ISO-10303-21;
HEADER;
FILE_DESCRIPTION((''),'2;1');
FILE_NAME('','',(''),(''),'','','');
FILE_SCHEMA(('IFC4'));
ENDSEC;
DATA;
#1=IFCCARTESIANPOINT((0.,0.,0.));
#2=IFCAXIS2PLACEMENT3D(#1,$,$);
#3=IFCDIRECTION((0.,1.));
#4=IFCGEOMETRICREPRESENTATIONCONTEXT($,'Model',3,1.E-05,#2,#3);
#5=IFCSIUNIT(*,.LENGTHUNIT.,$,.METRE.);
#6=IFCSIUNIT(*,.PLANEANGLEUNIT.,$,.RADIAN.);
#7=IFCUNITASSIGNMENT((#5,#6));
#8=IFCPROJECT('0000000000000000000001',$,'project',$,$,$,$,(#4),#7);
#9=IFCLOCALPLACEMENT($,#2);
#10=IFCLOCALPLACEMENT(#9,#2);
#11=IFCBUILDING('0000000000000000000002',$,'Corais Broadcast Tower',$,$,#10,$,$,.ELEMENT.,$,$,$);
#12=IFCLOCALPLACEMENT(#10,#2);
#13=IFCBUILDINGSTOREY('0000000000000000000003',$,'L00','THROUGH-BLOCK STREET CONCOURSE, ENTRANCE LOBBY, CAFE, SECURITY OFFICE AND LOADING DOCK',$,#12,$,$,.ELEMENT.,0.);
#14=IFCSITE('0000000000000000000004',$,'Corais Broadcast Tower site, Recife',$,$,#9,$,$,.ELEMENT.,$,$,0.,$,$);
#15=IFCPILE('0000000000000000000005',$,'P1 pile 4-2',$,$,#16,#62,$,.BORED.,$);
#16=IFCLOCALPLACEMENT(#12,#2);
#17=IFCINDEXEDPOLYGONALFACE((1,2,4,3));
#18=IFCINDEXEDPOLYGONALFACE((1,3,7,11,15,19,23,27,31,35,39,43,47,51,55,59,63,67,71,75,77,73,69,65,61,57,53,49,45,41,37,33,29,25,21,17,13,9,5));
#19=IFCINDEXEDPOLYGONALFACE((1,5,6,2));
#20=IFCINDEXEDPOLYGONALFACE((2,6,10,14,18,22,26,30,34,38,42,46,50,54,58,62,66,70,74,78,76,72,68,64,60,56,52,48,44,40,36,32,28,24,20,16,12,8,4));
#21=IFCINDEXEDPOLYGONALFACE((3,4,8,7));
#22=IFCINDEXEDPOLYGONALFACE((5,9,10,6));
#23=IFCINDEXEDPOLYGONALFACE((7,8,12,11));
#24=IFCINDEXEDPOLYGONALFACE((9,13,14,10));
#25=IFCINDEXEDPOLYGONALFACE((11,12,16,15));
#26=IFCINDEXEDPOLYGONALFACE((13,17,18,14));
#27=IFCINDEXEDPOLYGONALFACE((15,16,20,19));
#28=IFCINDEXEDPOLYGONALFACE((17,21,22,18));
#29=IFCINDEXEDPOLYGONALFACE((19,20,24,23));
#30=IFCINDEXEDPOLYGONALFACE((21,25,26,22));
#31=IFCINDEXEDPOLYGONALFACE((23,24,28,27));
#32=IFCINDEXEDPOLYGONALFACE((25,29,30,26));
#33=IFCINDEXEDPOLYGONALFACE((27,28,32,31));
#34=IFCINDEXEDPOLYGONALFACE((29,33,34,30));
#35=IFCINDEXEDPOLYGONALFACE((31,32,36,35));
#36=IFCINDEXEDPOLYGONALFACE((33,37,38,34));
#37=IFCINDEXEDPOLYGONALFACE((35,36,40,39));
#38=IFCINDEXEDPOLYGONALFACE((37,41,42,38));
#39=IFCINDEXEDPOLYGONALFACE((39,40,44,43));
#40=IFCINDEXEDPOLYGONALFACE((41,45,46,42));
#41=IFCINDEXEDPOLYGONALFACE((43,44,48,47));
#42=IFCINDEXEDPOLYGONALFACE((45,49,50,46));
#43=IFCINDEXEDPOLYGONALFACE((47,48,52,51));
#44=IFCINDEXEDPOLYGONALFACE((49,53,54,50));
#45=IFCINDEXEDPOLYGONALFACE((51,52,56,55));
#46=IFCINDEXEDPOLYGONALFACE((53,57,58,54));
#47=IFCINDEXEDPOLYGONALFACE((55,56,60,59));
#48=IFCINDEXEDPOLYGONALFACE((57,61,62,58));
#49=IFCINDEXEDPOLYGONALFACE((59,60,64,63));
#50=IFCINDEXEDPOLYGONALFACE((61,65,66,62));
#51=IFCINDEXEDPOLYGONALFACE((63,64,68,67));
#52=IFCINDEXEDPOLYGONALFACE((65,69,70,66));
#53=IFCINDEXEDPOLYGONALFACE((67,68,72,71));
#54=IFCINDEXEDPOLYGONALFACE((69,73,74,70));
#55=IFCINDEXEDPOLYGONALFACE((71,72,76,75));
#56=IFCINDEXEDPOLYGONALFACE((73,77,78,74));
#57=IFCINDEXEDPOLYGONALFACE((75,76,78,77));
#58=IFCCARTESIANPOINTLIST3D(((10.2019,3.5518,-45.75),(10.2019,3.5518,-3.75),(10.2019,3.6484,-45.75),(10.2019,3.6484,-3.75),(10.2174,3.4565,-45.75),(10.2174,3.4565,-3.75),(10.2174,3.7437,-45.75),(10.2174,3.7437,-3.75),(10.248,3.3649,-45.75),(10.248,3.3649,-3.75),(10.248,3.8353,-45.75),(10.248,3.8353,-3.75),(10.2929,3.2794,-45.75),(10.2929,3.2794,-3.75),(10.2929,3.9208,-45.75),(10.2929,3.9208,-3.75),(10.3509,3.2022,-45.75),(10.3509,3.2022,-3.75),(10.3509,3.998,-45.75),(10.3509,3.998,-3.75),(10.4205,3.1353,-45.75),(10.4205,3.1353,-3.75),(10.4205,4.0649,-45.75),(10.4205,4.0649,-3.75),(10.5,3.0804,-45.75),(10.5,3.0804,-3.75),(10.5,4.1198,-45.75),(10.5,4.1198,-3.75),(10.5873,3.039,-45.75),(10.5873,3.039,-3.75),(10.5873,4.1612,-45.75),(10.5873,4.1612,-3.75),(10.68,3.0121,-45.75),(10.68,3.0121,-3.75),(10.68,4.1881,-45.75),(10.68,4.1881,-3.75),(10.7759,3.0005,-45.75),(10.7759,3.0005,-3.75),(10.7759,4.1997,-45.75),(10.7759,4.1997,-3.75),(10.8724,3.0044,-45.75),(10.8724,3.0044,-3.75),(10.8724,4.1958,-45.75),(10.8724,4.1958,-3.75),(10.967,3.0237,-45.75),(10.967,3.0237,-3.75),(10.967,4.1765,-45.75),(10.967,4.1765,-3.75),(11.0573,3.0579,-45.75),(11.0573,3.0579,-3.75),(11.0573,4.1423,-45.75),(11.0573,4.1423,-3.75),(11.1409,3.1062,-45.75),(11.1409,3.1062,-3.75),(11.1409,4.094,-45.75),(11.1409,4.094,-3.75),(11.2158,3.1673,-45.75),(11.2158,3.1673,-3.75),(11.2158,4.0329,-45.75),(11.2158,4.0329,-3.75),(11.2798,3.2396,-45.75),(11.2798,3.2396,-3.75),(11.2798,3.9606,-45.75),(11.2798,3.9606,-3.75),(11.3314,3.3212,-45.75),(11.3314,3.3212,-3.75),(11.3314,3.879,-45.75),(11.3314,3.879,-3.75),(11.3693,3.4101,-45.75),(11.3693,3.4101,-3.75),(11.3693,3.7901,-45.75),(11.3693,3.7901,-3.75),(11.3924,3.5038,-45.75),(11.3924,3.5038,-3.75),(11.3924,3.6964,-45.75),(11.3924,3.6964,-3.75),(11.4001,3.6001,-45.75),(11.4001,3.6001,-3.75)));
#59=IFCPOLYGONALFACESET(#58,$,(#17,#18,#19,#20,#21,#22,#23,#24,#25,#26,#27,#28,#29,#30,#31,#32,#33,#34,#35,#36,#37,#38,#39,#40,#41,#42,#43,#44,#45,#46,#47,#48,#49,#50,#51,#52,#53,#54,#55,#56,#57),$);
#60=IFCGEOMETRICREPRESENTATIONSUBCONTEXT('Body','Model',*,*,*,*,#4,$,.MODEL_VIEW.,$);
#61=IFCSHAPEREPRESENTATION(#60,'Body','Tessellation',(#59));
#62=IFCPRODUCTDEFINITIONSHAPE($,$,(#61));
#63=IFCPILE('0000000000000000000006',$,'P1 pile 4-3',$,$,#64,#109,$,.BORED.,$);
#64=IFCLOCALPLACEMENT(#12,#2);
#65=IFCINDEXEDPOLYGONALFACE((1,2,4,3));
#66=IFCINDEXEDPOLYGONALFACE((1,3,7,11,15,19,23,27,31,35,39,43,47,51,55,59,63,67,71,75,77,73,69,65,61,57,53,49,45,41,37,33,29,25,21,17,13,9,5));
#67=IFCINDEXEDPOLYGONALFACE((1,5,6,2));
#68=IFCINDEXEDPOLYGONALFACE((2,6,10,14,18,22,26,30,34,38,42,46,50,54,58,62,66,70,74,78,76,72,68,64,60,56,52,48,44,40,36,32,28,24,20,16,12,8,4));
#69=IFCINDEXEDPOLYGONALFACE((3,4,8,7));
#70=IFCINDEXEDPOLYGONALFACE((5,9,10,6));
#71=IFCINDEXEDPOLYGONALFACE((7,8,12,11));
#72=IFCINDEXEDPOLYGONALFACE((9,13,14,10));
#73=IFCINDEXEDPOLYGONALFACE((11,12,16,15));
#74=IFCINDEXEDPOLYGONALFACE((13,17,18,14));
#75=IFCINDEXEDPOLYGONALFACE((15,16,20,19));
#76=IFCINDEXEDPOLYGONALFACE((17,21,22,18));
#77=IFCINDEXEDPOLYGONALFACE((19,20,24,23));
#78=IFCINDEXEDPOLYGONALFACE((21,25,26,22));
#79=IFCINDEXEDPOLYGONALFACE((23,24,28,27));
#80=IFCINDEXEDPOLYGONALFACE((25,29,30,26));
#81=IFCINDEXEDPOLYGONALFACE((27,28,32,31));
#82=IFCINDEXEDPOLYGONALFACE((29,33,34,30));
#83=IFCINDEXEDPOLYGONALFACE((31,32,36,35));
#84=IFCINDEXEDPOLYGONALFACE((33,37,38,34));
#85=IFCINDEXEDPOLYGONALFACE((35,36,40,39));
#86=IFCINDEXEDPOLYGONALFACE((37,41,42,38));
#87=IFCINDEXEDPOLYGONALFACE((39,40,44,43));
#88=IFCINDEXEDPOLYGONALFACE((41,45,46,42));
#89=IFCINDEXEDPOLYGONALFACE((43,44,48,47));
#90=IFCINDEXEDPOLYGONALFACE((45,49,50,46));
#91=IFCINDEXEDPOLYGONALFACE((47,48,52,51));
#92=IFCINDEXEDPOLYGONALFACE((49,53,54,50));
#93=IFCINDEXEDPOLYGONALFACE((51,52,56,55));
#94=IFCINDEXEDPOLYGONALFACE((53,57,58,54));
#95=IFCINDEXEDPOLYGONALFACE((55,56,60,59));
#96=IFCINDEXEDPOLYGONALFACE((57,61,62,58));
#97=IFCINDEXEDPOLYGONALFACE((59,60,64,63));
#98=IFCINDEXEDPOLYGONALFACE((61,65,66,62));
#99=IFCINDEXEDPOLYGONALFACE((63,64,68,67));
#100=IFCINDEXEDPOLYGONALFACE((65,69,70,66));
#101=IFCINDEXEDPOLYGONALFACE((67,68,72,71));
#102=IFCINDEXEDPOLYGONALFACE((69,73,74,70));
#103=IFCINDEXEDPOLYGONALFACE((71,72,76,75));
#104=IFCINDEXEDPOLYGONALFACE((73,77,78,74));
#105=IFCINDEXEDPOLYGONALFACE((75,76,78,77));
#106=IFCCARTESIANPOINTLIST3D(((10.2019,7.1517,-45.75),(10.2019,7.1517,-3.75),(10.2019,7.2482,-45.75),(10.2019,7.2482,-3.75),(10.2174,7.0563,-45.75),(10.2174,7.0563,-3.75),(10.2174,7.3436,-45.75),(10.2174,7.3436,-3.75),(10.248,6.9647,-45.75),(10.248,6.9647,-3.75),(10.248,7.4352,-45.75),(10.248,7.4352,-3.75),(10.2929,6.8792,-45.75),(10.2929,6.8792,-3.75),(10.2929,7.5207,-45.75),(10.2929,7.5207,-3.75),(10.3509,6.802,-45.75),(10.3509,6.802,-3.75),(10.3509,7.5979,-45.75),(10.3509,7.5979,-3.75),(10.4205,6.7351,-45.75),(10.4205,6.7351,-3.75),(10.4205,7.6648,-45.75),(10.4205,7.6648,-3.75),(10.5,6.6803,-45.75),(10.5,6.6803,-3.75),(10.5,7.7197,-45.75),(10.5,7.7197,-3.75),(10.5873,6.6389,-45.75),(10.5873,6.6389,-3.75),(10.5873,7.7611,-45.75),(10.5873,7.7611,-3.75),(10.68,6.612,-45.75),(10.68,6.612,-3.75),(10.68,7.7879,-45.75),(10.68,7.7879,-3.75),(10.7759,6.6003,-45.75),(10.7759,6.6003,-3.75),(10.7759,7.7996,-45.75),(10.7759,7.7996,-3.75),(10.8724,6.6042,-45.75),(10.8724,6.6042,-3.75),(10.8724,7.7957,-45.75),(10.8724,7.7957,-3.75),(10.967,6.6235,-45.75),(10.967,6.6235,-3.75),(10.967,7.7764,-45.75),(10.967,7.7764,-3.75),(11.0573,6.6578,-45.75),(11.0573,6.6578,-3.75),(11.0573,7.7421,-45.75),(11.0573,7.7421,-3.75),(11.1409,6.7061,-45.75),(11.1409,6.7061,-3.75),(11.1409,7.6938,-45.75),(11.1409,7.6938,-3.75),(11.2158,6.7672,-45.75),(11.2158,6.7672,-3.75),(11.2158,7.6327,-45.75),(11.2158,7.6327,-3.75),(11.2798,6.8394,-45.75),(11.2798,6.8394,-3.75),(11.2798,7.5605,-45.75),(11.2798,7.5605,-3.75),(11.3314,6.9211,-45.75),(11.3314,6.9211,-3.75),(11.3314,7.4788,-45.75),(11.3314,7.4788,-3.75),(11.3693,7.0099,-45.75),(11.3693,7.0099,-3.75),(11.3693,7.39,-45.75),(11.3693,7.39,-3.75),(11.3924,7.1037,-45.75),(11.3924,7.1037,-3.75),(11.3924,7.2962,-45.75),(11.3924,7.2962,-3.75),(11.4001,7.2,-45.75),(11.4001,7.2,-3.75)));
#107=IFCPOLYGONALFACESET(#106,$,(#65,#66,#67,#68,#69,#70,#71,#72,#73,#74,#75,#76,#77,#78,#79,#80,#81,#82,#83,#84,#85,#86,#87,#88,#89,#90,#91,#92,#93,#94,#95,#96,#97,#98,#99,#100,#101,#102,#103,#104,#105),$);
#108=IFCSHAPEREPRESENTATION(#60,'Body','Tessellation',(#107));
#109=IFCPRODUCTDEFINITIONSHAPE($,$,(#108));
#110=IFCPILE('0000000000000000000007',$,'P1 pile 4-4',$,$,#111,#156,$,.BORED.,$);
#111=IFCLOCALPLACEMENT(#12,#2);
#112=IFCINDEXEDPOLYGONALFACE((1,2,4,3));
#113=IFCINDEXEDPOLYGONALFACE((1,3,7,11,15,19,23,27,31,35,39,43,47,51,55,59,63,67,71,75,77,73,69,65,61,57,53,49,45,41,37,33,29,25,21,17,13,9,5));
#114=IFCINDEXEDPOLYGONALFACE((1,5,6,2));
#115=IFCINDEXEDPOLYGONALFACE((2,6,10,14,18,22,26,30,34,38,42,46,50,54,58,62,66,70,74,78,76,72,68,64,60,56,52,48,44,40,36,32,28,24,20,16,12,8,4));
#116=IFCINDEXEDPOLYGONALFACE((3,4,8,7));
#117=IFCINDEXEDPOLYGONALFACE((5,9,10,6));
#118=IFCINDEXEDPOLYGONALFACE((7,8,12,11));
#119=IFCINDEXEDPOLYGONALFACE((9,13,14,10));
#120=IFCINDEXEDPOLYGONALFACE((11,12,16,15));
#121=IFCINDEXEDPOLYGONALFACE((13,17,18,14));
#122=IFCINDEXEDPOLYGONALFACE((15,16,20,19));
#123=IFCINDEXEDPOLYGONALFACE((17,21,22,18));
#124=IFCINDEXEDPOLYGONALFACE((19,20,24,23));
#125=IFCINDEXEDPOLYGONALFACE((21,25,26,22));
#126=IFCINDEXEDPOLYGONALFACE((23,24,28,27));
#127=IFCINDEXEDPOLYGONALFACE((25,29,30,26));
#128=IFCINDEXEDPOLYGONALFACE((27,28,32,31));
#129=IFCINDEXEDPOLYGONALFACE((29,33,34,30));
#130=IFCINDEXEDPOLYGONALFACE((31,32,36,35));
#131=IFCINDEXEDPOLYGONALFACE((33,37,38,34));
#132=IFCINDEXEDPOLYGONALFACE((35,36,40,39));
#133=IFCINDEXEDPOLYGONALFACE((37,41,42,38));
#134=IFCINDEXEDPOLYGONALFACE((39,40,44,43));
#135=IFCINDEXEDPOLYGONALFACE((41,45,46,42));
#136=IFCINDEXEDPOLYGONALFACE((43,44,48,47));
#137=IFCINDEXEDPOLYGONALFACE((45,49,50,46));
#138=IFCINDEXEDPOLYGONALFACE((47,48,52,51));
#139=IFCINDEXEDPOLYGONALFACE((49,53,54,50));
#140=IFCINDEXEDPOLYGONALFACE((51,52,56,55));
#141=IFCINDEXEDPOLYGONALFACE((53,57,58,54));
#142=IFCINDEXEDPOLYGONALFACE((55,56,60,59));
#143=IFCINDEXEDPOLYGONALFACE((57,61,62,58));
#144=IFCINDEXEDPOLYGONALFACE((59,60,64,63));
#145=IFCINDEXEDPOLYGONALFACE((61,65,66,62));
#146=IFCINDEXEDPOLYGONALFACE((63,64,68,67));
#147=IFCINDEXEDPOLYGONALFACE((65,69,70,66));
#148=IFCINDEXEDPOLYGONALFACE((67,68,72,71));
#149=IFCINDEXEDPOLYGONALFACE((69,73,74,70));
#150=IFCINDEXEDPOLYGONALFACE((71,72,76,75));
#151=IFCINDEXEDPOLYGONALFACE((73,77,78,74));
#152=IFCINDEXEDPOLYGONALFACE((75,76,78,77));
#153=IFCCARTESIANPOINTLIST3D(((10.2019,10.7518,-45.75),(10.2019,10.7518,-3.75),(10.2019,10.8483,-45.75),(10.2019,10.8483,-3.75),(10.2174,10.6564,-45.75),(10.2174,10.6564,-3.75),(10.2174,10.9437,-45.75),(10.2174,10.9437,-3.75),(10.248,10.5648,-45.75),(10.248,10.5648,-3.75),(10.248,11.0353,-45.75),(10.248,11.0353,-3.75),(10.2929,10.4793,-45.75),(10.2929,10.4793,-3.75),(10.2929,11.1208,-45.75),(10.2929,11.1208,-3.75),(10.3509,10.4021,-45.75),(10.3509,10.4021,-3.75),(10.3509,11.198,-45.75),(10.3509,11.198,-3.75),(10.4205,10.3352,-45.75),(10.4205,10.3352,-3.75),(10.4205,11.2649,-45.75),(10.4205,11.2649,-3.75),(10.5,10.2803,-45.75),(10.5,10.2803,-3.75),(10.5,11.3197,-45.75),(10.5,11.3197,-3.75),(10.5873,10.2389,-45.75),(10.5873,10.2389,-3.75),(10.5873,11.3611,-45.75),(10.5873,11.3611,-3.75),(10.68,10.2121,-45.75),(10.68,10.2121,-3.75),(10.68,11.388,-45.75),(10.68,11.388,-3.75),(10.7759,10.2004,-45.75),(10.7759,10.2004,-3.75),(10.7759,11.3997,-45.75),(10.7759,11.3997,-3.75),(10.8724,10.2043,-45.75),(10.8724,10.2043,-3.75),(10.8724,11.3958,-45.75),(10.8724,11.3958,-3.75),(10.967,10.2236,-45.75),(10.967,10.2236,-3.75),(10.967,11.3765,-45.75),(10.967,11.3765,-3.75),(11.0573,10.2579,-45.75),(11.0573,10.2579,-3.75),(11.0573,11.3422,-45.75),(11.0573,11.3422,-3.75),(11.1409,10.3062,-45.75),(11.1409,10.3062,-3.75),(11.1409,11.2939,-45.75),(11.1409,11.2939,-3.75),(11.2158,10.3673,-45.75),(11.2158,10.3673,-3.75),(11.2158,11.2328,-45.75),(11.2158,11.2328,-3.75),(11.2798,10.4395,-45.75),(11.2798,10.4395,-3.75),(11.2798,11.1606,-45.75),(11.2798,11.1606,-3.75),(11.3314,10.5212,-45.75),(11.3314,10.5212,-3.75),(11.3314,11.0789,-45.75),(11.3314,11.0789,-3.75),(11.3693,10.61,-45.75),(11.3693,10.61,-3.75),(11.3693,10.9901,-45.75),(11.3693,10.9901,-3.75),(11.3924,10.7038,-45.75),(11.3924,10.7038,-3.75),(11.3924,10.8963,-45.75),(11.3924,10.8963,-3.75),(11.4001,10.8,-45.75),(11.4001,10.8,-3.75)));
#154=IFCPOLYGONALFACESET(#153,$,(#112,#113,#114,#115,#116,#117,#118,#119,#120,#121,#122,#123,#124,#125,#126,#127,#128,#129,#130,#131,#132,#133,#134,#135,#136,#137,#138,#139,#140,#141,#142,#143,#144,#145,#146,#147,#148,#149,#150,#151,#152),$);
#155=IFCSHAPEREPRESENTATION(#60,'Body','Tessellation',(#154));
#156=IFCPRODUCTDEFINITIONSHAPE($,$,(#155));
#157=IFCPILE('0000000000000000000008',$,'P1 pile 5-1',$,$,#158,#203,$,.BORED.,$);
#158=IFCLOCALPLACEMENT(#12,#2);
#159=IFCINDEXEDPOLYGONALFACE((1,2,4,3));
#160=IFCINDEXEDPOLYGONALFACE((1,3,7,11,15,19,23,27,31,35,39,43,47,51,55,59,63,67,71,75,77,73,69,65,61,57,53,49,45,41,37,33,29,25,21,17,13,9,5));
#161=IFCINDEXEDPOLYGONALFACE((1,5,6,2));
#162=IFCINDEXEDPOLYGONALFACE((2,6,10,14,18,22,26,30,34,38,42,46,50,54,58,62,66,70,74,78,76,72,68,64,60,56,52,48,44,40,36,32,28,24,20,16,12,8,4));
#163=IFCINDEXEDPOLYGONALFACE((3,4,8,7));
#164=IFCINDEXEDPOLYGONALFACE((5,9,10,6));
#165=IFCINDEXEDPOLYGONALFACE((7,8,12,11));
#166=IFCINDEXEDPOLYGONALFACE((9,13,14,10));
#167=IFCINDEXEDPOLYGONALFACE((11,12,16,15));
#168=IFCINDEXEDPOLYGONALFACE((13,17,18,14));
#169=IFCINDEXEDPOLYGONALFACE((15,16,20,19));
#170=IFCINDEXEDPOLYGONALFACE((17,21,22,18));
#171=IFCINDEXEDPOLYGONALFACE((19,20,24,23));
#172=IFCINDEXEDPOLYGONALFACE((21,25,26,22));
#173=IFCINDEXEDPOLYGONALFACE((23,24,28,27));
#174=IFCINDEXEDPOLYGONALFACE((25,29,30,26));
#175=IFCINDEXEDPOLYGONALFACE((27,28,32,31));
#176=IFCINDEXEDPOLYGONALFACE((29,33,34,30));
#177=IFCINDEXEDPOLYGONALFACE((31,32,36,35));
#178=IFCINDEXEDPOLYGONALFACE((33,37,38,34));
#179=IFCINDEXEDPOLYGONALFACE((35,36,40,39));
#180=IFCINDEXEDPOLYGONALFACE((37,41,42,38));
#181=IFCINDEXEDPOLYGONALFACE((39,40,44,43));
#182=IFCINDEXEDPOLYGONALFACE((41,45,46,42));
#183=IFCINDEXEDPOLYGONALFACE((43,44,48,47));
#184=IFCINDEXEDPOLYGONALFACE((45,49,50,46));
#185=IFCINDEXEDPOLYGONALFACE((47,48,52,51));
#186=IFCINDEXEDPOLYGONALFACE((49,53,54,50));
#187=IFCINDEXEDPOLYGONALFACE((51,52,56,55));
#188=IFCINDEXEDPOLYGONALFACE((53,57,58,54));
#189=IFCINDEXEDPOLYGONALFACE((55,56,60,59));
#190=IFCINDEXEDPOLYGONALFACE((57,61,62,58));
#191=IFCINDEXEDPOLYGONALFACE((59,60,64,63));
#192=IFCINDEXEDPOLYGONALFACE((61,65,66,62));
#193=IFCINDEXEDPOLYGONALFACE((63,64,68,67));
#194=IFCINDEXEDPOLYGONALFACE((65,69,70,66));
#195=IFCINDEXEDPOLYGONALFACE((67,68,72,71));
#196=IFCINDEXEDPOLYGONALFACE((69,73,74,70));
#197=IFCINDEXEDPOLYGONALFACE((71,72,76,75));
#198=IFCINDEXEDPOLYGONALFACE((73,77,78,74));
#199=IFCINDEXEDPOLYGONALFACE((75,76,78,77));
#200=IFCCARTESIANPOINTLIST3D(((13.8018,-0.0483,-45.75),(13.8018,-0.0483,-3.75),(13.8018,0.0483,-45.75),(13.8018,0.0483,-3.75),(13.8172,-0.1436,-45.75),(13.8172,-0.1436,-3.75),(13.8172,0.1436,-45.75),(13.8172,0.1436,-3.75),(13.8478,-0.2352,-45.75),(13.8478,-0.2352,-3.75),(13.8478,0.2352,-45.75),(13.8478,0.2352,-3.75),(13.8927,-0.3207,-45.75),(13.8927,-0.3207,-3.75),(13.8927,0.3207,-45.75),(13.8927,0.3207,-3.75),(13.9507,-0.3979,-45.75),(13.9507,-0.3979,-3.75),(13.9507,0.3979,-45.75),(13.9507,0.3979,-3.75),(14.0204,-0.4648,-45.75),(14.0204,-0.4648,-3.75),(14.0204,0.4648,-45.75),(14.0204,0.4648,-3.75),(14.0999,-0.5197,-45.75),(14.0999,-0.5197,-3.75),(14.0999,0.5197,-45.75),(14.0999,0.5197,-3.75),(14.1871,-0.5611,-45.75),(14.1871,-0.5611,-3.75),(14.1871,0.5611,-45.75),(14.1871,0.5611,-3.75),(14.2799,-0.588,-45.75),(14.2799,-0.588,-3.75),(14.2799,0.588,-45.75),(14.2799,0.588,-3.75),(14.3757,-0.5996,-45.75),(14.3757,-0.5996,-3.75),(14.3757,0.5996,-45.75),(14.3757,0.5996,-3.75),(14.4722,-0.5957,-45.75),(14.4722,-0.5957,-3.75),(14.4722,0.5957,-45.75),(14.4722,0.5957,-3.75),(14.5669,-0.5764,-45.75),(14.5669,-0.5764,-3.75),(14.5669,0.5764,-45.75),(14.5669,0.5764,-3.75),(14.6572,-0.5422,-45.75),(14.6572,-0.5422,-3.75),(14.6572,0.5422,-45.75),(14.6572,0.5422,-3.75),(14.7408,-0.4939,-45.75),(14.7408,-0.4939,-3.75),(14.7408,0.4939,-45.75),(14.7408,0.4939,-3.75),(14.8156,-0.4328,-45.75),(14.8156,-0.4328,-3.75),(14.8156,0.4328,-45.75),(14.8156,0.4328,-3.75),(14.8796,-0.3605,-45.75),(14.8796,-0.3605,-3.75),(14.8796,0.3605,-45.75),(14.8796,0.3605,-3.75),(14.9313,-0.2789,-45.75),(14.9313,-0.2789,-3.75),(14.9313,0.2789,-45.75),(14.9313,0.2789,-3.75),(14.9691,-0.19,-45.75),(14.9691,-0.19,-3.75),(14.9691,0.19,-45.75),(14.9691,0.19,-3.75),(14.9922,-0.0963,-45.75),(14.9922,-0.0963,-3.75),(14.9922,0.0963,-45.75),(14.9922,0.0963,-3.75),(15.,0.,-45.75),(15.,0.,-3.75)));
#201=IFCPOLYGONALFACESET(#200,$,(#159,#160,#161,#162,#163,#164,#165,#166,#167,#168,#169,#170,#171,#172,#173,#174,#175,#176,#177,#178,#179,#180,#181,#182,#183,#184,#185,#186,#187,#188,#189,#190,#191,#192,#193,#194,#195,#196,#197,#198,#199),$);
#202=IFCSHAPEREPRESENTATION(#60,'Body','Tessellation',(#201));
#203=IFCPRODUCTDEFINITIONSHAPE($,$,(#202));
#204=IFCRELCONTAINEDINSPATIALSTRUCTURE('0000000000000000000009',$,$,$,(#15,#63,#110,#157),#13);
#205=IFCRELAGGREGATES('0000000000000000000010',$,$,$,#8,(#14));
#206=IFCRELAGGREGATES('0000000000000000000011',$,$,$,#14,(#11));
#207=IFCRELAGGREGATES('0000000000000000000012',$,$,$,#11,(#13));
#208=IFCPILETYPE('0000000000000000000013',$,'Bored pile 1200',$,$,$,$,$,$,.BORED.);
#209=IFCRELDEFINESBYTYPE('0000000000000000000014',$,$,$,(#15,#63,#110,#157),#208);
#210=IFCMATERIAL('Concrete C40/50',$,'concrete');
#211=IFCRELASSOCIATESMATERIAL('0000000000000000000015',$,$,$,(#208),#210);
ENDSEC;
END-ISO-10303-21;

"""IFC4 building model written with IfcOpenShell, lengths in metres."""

from ifc_helpers import new_model, si_unit, direction, frame, origin, origin_2d, place, context, subcontext, project, spatial, circle, extrude, material, type_object, element, save


model = new_model("IFC4")

# Units and contexts
model_context = context("Model", 3, precision=1e-05, world=origin(), true_north=direction((0.0, 1.0)))
body_context = subcontext(model_context, "Body", "Model", "MODEL_VIEW")
ifc_project = project(units=[si_unit("LENGTHUNIT", "METRE"), si_unit("PLANEANGLEUNIT", "RADIAN")], contexts=[model_context])

# Site, building, storey
site_placement = place(None, origin())
site = spatial("IfcSite", under=ifc_project, at=site_placement, Name="Corais Broadcast Tower site, Recife", CompositionType="ELEMENT", RefElevation=0.0)
building_placement = place(site_placement, origin())
building = spatial("IfcBuilding", under=site, at=building_placement, Name="Corais Broadcast Tower", CompositionType="ELEMENT")
storey_placement = place(building_placement, origin())
storey = spatial("IfcBuildingStorey", under=building, at=storey_placement, Name="L00", Description="THROUGH-BLOCK STREET CONCOURSE, ENTRANCE LOBBY, CAFE, SECURITY OFFICE AND LOADING DOCK", CompositionType="ELEMENT", Elevation=0.0)

# Piles
ifc_material_1 = material(Name="Concrete C40/50", Category="concrete")
pile_type = type_object("IfcPileType", Name="Bored pile 1200", PredefinedType="BORED", material=ifc_material_1)
for number, where, z_axis, x_axis, name in (
    (1, (10.8, 3.6001, -3.75), (0.0, 0.0, -1.0), (1.0, 0.0, 0.0), "P1 pile 4-2"),
    (2, (10.8, 7.2, -3.75), (0.0, 0.0, -1.0), (1.0, 0.0, 0.0), "P1 pile 4-3"),
    (3, (10.8, 10.8, -3.75), (0.0, 0.0, -1.0), (1.0, 0.0, 0.0), "P1 pile 4-4"),
    (4, (14.3999, 0.0, -3.75), (0.0, 0.0, -1.0), (1.0, 0.0, 0.0), "P1 pile 5-1"),
):
    element("IfcPile", number, at=place(storey_placement, frame(where, z_axis=z_axis, x_axis=x_axis)), inside=storey, type_object=pile_type, Name=name, PredefinedType="BORED", context=body_context, shape_type="SweptSolid", body=[
        extrude(circle(Radius=0.6001, at=origin_2d()), origin(), (0.0, 0.0, 1.0), 42.0),
    ])

save(model, "model.ifc")
